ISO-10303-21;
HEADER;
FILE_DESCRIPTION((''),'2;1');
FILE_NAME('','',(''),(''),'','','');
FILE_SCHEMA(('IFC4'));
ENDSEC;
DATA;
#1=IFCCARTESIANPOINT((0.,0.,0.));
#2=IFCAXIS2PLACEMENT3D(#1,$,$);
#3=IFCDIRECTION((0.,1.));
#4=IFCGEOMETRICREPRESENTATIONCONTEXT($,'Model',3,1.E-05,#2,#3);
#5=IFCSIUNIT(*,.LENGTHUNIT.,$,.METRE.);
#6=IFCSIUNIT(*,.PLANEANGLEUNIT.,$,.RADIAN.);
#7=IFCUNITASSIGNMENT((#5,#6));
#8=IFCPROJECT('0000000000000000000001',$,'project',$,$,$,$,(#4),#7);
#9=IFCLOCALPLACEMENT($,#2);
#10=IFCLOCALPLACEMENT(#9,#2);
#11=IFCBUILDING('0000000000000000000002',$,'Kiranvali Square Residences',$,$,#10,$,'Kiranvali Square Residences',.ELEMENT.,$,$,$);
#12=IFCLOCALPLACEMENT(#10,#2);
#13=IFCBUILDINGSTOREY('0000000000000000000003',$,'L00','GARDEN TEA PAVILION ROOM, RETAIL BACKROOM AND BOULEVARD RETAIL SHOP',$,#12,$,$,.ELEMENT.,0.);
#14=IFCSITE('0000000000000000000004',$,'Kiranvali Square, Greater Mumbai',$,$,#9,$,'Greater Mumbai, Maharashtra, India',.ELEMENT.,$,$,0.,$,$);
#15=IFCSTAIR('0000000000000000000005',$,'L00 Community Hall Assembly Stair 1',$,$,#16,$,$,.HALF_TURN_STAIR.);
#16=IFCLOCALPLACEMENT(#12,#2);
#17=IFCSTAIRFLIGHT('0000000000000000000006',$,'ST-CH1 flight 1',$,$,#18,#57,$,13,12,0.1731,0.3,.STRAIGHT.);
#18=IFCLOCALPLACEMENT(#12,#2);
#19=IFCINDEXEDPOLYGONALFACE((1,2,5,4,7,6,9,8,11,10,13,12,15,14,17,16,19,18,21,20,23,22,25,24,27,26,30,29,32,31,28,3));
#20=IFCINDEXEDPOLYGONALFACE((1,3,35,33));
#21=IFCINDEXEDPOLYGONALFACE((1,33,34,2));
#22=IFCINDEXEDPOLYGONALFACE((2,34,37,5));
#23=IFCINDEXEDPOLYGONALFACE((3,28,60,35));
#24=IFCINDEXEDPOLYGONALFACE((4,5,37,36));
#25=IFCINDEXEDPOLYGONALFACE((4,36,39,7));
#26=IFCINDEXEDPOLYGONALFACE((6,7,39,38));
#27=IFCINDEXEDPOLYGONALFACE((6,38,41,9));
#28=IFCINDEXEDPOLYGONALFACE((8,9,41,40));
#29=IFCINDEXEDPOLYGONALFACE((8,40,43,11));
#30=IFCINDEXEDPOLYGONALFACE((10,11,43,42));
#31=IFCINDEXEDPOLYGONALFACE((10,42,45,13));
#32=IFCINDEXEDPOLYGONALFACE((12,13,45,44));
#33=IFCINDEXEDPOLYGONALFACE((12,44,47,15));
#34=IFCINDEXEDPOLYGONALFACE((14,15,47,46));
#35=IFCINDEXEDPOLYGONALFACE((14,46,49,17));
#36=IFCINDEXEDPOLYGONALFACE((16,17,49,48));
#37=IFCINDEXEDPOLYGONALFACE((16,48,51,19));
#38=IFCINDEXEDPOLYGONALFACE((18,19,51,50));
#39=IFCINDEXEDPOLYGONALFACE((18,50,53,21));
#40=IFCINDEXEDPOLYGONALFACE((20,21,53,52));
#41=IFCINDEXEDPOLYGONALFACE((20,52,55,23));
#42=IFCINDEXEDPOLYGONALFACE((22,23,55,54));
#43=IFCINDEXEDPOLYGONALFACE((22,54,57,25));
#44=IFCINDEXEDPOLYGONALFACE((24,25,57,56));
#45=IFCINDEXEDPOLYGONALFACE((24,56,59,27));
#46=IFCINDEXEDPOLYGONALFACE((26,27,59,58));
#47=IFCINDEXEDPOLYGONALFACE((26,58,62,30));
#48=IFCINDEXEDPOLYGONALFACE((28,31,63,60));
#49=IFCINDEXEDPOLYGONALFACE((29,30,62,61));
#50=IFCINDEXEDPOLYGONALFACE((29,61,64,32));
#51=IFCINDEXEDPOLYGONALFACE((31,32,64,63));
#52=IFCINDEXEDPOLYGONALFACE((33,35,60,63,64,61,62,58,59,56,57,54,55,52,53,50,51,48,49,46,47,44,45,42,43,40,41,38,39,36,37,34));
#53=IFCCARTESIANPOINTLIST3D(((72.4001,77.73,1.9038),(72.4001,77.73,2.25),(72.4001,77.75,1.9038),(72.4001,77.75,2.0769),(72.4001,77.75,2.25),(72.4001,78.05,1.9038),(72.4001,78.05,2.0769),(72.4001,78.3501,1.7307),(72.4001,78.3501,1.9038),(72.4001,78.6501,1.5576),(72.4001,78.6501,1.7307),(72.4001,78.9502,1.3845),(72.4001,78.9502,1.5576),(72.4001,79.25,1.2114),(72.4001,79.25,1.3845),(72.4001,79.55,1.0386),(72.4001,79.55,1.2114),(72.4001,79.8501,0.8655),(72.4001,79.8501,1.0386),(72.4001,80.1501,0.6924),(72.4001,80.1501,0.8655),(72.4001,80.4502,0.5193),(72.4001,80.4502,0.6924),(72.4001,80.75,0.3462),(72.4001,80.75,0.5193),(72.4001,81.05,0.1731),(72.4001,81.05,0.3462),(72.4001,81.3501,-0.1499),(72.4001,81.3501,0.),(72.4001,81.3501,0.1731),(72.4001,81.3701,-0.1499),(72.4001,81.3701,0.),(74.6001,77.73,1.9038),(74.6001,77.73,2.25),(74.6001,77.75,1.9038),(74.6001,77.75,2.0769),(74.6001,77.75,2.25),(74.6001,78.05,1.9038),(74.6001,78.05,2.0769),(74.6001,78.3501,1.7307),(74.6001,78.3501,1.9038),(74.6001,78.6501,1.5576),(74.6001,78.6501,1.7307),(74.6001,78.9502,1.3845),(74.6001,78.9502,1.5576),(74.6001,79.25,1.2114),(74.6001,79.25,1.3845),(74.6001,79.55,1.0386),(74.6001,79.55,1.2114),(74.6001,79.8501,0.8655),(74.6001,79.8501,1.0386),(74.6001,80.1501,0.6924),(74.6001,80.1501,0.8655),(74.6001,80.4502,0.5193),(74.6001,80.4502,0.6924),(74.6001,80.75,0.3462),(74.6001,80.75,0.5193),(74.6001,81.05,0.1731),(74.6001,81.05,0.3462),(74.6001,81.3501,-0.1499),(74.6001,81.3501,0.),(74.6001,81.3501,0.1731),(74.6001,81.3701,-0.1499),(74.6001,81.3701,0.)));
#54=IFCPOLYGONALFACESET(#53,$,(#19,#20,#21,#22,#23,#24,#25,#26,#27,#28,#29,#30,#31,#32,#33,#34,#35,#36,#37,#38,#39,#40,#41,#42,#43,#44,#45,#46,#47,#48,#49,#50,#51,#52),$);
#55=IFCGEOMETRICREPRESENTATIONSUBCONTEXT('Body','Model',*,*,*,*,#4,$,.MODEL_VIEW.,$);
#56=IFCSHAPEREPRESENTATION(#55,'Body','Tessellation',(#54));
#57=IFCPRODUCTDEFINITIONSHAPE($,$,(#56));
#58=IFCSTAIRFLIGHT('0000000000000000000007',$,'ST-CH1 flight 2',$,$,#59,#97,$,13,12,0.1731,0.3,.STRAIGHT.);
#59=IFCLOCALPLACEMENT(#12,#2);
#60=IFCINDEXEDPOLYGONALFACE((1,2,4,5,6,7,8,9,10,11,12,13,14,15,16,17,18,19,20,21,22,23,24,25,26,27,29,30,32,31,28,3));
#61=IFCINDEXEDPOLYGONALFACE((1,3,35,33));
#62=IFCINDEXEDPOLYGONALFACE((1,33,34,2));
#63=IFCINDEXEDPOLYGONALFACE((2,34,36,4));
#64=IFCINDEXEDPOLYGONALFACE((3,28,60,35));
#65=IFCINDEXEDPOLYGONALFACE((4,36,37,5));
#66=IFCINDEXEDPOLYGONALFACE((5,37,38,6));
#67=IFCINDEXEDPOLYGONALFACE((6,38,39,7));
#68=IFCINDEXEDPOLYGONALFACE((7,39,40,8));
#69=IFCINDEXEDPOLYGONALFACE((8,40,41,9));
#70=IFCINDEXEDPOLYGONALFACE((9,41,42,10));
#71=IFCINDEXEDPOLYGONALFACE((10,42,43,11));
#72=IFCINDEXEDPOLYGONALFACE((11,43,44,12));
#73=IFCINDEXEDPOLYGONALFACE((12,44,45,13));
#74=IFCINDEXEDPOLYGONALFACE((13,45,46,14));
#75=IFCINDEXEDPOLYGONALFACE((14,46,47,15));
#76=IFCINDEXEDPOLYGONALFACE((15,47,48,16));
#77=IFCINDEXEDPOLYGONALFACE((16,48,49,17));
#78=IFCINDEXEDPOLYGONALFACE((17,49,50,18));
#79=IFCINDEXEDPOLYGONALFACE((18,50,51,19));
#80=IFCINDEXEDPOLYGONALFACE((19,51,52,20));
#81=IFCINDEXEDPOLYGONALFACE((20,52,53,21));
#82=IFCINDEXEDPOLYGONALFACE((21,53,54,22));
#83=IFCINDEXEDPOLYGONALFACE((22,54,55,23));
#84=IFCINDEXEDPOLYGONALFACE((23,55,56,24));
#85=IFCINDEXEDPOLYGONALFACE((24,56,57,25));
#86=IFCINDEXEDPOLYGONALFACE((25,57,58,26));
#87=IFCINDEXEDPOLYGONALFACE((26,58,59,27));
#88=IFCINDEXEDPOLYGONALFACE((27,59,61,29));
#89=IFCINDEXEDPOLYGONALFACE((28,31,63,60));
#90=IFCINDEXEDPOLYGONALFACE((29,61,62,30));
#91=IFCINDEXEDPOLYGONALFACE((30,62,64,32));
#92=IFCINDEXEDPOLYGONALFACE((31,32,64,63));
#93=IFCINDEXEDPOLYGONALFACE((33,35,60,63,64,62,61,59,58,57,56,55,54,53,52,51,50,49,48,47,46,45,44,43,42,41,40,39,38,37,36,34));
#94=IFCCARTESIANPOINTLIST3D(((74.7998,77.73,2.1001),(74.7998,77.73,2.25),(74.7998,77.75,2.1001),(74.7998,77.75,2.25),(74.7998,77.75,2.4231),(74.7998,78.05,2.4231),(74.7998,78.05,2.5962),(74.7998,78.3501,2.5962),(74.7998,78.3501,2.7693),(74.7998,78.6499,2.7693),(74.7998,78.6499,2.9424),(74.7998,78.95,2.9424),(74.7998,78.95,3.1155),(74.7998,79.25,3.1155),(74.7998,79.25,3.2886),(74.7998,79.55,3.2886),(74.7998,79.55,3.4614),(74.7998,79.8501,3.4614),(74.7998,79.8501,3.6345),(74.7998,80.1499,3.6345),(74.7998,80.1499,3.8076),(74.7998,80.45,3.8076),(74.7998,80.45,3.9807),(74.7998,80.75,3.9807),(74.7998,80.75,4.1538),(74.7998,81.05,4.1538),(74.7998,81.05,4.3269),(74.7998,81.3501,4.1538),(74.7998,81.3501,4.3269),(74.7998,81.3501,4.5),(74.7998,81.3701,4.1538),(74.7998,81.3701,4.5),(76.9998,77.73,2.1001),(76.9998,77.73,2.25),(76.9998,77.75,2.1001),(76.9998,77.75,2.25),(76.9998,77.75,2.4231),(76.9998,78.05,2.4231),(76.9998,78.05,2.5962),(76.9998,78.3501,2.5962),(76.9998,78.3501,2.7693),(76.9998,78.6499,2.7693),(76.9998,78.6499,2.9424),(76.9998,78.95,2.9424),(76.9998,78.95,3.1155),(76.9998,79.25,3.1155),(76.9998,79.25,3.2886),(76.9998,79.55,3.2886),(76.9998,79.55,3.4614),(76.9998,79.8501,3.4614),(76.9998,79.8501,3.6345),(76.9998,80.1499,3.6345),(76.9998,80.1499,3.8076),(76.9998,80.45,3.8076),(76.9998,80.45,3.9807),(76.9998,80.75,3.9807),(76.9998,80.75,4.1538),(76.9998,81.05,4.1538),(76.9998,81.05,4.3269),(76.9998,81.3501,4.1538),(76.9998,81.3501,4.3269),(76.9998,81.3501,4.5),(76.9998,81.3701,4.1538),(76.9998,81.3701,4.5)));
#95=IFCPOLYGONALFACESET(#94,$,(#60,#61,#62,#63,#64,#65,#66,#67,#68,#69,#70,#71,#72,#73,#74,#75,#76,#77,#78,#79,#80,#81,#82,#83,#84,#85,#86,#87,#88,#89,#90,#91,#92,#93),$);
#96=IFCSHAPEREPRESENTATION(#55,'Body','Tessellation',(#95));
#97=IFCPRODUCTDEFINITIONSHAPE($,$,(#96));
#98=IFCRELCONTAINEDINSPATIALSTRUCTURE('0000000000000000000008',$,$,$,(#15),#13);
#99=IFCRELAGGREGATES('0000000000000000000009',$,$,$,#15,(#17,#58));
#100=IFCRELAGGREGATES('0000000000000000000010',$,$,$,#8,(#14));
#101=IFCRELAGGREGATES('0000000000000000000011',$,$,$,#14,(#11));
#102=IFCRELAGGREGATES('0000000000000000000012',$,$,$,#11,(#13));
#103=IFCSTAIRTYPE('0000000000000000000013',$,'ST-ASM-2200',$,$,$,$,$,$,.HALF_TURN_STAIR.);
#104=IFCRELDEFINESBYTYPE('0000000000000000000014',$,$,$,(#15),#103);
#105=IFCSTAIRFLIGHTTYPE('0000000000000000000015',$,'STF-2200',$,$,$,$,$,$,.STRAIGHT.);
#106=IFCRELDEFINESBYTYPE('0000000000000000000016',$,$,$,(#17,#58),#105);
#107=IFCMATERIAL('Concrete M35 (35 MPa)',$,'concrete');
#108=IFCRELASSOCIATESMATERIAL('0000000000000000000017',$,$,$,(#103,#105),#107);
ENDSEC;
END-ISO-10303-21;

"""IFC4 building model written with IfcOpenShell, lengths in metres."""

from ifc_helpers import new_model, si_unit, direction, frame, origin, place, context, subcontext, project, spatial, polyline, outline, extrude, material, type_object, element, aggregate, save


model = new_model("IFC4")

# Units and contexts
model_context = context("Model", 3, precision=1e-05, world=origin(), true_north=direction((0.0, 1.0)))
body_context = subcontext(model_context, "Body", "Model", "MODEL_VIEW")
ifc_project = project(units=[si_unit("LENGTHUNIT", "METRE"), si_unit("PLANEANGLEUNIT", "RADIAN")], contexts=[model_context])

# Site, building, storey
site_placement = place(None, origin())
site = spatial("IfcSite", under=ifc_project, at=site_placement, Name="Kiranvali Square, Greater Mumbai", LongName="Greater Mumbai, Maharashtra, India", CompositionType="ELEMENT", RefElevation=0.0)
building_placement = place(site_placement, origin())
building = spatial("IfcBuilding", under=site, at=building_placement, Name="Kiranvali Square Residences", LongName="Kiranvali Square Residences", CompositionType="ELEMENT")
storey_placement = place(building_placement, origin())
storey = spatial("IfcBuildingStorey", under=building, at=storey_placement, Name="L00", Description="GARDEN TEA PAVILION ROOM, RETAIL BACKROOM AND BOULEVARD RETAIL SHOP", CompositionType="ELEMENT", Elevation=0.0)

# Stair, stair flights
ifc_material_1 = material(Name="Concrete M35 (35 MPa)", Category="concrete")
stair_type = type_object("IfcStairType", Name="ST-ASM-2200", PredefinedType="HALF_TURN_STAIR", material=ifc_material_1)
stair_placement = place(storey_placement, origin())
stair = element("IfcStair", 1, at=stair_placement, inside=storey, type_object=stair_type, Name="L00 Community Hall Assembly Stair 1", PredefinedType="HALF_TURN_STAIR")
stair_flight_type = type_object("IfcStairFlightType", Name="STF-2200", PredefinedType="STRAIGHT", material=ifc_material_1)
stair_flight_1_placement = place(storey_placement, frame((73.5, 81.3501, 0.0), z_axis=(0.0, 0.0, 1.0), x_axis=(0.0, -1.0, 0.0)))
stair_flight_1 = element("IfcStairFlight", 2, at=stair_flight_1_placement, type_object=stair_flight_type, Name="ST-CH1 flight 1", NumberOfRisers=13, NumberOfTreads=12, PredefinedType="STRAIGHT", RiserHeight=0.1731, TreadLength=0.3, context=body_context, shape_type="SweptSolid", body=[
    extrude(outline(polyline([(-0.02, -0.1499), (-0.02, 0.0), (0.0, 0.0), (0.0, 0.1731), (0.3, 0.1731), (0.3, 0.3462), (0.6001, 0.3462), (0.6001, 0.5193), (0.8999, 0.5193), (0.8999, 0.6924), (1.2, 0.6924), (1.2, 0.8655), (1.5, 0.8655), (1.5, 1.0386), (1.8, 1.0386), (1.8, 1.2114), (2.1001, 1.2114), (2.1001, 1.3845), (2.3999, 1.3845), (2.3999, 1.5576), (2.7, 1.5576), (2.7, 1.7307), (3.0, 1.7307), (3.0, 1.9038), (3.3, 1.9038), (3.3, 2.0769), (3.6001, 2.0769), (3.6001, 2.25), (3.6201, 2.25), (3.6201, 1.9038), (3.6001, 1.9038), (0.0, -0.1499), (-0.02, -0.1499)])), frame((0.0, 1.1001, 0.0), z_axis=(0.0, -1.0, 0.0), x_axis=(1.0, 0.0, 0.0)), (0.0, 0.0, 1.0), 2.2),
])
stair_flight_2_placement = place(storey_placement, frame((75.8999, 77.75, 2.25), z_axis=(0.0, 0.0, 1.0), x_axis=(0.0, 1.0, 0.0)))
stair_flight_2 = element("IfcStairFlight", 3, at=stair_flight_2_placement, type_object=stair_flight_type, Name="ST-CH1 flight 2", NumberOfRisers=13, NumberOfTreads=12, PredefinedType="STRAIGHT", RiserHeight=0.1731, TreadLength=0.3, context=body_context, shape_type="SweptSolid", body=[
    extrude(outline(polyline([(-0.02, -0.1499), (-0.02, 0.0), (0.0, 0.0), (0.0, 0.1731), (0.3, 0.1731), (0.3, 0.3462), (0.6001, 0.3462), (0.6001, 0.5193), (0.8999, 0.5193), (0.8999, 0.6924), (1.2, 0.6924), (1.2, 0.8655), (1.5, 0.8655), (1.5, 1.0386), (1.8, 1.0386), (1.8, 1.2114), (2.1001, 1.2114), (2.1001, 1.3845), (2.3999, 1.3845), (2.3999, 1.5576), (2.7, 1.5576), (2.7, 1.7307), (3.0, 1.7307), (3.0, 1.9038), (3.3, 1.9038), (3.3, 2.0769), (3.6001, 2.0769), (3.6001, 2.25), (3.6201, 2.25), (3.6201, 1.9038), (3.6001, 1.9038), (0.0, -0.1499), (-0.02, -0.1499)])), frame((0.0, 1.1001, 0.0), z_axis=(0.0, -1.0, 0.0), x_axis=(1.0, 0.0, 0.0)), (0.0, 0.0, 1.0), 2.2),
])
aggregate(stair, [stair_flight_1, stair_flight_2])

save(model, "model.ifc")
